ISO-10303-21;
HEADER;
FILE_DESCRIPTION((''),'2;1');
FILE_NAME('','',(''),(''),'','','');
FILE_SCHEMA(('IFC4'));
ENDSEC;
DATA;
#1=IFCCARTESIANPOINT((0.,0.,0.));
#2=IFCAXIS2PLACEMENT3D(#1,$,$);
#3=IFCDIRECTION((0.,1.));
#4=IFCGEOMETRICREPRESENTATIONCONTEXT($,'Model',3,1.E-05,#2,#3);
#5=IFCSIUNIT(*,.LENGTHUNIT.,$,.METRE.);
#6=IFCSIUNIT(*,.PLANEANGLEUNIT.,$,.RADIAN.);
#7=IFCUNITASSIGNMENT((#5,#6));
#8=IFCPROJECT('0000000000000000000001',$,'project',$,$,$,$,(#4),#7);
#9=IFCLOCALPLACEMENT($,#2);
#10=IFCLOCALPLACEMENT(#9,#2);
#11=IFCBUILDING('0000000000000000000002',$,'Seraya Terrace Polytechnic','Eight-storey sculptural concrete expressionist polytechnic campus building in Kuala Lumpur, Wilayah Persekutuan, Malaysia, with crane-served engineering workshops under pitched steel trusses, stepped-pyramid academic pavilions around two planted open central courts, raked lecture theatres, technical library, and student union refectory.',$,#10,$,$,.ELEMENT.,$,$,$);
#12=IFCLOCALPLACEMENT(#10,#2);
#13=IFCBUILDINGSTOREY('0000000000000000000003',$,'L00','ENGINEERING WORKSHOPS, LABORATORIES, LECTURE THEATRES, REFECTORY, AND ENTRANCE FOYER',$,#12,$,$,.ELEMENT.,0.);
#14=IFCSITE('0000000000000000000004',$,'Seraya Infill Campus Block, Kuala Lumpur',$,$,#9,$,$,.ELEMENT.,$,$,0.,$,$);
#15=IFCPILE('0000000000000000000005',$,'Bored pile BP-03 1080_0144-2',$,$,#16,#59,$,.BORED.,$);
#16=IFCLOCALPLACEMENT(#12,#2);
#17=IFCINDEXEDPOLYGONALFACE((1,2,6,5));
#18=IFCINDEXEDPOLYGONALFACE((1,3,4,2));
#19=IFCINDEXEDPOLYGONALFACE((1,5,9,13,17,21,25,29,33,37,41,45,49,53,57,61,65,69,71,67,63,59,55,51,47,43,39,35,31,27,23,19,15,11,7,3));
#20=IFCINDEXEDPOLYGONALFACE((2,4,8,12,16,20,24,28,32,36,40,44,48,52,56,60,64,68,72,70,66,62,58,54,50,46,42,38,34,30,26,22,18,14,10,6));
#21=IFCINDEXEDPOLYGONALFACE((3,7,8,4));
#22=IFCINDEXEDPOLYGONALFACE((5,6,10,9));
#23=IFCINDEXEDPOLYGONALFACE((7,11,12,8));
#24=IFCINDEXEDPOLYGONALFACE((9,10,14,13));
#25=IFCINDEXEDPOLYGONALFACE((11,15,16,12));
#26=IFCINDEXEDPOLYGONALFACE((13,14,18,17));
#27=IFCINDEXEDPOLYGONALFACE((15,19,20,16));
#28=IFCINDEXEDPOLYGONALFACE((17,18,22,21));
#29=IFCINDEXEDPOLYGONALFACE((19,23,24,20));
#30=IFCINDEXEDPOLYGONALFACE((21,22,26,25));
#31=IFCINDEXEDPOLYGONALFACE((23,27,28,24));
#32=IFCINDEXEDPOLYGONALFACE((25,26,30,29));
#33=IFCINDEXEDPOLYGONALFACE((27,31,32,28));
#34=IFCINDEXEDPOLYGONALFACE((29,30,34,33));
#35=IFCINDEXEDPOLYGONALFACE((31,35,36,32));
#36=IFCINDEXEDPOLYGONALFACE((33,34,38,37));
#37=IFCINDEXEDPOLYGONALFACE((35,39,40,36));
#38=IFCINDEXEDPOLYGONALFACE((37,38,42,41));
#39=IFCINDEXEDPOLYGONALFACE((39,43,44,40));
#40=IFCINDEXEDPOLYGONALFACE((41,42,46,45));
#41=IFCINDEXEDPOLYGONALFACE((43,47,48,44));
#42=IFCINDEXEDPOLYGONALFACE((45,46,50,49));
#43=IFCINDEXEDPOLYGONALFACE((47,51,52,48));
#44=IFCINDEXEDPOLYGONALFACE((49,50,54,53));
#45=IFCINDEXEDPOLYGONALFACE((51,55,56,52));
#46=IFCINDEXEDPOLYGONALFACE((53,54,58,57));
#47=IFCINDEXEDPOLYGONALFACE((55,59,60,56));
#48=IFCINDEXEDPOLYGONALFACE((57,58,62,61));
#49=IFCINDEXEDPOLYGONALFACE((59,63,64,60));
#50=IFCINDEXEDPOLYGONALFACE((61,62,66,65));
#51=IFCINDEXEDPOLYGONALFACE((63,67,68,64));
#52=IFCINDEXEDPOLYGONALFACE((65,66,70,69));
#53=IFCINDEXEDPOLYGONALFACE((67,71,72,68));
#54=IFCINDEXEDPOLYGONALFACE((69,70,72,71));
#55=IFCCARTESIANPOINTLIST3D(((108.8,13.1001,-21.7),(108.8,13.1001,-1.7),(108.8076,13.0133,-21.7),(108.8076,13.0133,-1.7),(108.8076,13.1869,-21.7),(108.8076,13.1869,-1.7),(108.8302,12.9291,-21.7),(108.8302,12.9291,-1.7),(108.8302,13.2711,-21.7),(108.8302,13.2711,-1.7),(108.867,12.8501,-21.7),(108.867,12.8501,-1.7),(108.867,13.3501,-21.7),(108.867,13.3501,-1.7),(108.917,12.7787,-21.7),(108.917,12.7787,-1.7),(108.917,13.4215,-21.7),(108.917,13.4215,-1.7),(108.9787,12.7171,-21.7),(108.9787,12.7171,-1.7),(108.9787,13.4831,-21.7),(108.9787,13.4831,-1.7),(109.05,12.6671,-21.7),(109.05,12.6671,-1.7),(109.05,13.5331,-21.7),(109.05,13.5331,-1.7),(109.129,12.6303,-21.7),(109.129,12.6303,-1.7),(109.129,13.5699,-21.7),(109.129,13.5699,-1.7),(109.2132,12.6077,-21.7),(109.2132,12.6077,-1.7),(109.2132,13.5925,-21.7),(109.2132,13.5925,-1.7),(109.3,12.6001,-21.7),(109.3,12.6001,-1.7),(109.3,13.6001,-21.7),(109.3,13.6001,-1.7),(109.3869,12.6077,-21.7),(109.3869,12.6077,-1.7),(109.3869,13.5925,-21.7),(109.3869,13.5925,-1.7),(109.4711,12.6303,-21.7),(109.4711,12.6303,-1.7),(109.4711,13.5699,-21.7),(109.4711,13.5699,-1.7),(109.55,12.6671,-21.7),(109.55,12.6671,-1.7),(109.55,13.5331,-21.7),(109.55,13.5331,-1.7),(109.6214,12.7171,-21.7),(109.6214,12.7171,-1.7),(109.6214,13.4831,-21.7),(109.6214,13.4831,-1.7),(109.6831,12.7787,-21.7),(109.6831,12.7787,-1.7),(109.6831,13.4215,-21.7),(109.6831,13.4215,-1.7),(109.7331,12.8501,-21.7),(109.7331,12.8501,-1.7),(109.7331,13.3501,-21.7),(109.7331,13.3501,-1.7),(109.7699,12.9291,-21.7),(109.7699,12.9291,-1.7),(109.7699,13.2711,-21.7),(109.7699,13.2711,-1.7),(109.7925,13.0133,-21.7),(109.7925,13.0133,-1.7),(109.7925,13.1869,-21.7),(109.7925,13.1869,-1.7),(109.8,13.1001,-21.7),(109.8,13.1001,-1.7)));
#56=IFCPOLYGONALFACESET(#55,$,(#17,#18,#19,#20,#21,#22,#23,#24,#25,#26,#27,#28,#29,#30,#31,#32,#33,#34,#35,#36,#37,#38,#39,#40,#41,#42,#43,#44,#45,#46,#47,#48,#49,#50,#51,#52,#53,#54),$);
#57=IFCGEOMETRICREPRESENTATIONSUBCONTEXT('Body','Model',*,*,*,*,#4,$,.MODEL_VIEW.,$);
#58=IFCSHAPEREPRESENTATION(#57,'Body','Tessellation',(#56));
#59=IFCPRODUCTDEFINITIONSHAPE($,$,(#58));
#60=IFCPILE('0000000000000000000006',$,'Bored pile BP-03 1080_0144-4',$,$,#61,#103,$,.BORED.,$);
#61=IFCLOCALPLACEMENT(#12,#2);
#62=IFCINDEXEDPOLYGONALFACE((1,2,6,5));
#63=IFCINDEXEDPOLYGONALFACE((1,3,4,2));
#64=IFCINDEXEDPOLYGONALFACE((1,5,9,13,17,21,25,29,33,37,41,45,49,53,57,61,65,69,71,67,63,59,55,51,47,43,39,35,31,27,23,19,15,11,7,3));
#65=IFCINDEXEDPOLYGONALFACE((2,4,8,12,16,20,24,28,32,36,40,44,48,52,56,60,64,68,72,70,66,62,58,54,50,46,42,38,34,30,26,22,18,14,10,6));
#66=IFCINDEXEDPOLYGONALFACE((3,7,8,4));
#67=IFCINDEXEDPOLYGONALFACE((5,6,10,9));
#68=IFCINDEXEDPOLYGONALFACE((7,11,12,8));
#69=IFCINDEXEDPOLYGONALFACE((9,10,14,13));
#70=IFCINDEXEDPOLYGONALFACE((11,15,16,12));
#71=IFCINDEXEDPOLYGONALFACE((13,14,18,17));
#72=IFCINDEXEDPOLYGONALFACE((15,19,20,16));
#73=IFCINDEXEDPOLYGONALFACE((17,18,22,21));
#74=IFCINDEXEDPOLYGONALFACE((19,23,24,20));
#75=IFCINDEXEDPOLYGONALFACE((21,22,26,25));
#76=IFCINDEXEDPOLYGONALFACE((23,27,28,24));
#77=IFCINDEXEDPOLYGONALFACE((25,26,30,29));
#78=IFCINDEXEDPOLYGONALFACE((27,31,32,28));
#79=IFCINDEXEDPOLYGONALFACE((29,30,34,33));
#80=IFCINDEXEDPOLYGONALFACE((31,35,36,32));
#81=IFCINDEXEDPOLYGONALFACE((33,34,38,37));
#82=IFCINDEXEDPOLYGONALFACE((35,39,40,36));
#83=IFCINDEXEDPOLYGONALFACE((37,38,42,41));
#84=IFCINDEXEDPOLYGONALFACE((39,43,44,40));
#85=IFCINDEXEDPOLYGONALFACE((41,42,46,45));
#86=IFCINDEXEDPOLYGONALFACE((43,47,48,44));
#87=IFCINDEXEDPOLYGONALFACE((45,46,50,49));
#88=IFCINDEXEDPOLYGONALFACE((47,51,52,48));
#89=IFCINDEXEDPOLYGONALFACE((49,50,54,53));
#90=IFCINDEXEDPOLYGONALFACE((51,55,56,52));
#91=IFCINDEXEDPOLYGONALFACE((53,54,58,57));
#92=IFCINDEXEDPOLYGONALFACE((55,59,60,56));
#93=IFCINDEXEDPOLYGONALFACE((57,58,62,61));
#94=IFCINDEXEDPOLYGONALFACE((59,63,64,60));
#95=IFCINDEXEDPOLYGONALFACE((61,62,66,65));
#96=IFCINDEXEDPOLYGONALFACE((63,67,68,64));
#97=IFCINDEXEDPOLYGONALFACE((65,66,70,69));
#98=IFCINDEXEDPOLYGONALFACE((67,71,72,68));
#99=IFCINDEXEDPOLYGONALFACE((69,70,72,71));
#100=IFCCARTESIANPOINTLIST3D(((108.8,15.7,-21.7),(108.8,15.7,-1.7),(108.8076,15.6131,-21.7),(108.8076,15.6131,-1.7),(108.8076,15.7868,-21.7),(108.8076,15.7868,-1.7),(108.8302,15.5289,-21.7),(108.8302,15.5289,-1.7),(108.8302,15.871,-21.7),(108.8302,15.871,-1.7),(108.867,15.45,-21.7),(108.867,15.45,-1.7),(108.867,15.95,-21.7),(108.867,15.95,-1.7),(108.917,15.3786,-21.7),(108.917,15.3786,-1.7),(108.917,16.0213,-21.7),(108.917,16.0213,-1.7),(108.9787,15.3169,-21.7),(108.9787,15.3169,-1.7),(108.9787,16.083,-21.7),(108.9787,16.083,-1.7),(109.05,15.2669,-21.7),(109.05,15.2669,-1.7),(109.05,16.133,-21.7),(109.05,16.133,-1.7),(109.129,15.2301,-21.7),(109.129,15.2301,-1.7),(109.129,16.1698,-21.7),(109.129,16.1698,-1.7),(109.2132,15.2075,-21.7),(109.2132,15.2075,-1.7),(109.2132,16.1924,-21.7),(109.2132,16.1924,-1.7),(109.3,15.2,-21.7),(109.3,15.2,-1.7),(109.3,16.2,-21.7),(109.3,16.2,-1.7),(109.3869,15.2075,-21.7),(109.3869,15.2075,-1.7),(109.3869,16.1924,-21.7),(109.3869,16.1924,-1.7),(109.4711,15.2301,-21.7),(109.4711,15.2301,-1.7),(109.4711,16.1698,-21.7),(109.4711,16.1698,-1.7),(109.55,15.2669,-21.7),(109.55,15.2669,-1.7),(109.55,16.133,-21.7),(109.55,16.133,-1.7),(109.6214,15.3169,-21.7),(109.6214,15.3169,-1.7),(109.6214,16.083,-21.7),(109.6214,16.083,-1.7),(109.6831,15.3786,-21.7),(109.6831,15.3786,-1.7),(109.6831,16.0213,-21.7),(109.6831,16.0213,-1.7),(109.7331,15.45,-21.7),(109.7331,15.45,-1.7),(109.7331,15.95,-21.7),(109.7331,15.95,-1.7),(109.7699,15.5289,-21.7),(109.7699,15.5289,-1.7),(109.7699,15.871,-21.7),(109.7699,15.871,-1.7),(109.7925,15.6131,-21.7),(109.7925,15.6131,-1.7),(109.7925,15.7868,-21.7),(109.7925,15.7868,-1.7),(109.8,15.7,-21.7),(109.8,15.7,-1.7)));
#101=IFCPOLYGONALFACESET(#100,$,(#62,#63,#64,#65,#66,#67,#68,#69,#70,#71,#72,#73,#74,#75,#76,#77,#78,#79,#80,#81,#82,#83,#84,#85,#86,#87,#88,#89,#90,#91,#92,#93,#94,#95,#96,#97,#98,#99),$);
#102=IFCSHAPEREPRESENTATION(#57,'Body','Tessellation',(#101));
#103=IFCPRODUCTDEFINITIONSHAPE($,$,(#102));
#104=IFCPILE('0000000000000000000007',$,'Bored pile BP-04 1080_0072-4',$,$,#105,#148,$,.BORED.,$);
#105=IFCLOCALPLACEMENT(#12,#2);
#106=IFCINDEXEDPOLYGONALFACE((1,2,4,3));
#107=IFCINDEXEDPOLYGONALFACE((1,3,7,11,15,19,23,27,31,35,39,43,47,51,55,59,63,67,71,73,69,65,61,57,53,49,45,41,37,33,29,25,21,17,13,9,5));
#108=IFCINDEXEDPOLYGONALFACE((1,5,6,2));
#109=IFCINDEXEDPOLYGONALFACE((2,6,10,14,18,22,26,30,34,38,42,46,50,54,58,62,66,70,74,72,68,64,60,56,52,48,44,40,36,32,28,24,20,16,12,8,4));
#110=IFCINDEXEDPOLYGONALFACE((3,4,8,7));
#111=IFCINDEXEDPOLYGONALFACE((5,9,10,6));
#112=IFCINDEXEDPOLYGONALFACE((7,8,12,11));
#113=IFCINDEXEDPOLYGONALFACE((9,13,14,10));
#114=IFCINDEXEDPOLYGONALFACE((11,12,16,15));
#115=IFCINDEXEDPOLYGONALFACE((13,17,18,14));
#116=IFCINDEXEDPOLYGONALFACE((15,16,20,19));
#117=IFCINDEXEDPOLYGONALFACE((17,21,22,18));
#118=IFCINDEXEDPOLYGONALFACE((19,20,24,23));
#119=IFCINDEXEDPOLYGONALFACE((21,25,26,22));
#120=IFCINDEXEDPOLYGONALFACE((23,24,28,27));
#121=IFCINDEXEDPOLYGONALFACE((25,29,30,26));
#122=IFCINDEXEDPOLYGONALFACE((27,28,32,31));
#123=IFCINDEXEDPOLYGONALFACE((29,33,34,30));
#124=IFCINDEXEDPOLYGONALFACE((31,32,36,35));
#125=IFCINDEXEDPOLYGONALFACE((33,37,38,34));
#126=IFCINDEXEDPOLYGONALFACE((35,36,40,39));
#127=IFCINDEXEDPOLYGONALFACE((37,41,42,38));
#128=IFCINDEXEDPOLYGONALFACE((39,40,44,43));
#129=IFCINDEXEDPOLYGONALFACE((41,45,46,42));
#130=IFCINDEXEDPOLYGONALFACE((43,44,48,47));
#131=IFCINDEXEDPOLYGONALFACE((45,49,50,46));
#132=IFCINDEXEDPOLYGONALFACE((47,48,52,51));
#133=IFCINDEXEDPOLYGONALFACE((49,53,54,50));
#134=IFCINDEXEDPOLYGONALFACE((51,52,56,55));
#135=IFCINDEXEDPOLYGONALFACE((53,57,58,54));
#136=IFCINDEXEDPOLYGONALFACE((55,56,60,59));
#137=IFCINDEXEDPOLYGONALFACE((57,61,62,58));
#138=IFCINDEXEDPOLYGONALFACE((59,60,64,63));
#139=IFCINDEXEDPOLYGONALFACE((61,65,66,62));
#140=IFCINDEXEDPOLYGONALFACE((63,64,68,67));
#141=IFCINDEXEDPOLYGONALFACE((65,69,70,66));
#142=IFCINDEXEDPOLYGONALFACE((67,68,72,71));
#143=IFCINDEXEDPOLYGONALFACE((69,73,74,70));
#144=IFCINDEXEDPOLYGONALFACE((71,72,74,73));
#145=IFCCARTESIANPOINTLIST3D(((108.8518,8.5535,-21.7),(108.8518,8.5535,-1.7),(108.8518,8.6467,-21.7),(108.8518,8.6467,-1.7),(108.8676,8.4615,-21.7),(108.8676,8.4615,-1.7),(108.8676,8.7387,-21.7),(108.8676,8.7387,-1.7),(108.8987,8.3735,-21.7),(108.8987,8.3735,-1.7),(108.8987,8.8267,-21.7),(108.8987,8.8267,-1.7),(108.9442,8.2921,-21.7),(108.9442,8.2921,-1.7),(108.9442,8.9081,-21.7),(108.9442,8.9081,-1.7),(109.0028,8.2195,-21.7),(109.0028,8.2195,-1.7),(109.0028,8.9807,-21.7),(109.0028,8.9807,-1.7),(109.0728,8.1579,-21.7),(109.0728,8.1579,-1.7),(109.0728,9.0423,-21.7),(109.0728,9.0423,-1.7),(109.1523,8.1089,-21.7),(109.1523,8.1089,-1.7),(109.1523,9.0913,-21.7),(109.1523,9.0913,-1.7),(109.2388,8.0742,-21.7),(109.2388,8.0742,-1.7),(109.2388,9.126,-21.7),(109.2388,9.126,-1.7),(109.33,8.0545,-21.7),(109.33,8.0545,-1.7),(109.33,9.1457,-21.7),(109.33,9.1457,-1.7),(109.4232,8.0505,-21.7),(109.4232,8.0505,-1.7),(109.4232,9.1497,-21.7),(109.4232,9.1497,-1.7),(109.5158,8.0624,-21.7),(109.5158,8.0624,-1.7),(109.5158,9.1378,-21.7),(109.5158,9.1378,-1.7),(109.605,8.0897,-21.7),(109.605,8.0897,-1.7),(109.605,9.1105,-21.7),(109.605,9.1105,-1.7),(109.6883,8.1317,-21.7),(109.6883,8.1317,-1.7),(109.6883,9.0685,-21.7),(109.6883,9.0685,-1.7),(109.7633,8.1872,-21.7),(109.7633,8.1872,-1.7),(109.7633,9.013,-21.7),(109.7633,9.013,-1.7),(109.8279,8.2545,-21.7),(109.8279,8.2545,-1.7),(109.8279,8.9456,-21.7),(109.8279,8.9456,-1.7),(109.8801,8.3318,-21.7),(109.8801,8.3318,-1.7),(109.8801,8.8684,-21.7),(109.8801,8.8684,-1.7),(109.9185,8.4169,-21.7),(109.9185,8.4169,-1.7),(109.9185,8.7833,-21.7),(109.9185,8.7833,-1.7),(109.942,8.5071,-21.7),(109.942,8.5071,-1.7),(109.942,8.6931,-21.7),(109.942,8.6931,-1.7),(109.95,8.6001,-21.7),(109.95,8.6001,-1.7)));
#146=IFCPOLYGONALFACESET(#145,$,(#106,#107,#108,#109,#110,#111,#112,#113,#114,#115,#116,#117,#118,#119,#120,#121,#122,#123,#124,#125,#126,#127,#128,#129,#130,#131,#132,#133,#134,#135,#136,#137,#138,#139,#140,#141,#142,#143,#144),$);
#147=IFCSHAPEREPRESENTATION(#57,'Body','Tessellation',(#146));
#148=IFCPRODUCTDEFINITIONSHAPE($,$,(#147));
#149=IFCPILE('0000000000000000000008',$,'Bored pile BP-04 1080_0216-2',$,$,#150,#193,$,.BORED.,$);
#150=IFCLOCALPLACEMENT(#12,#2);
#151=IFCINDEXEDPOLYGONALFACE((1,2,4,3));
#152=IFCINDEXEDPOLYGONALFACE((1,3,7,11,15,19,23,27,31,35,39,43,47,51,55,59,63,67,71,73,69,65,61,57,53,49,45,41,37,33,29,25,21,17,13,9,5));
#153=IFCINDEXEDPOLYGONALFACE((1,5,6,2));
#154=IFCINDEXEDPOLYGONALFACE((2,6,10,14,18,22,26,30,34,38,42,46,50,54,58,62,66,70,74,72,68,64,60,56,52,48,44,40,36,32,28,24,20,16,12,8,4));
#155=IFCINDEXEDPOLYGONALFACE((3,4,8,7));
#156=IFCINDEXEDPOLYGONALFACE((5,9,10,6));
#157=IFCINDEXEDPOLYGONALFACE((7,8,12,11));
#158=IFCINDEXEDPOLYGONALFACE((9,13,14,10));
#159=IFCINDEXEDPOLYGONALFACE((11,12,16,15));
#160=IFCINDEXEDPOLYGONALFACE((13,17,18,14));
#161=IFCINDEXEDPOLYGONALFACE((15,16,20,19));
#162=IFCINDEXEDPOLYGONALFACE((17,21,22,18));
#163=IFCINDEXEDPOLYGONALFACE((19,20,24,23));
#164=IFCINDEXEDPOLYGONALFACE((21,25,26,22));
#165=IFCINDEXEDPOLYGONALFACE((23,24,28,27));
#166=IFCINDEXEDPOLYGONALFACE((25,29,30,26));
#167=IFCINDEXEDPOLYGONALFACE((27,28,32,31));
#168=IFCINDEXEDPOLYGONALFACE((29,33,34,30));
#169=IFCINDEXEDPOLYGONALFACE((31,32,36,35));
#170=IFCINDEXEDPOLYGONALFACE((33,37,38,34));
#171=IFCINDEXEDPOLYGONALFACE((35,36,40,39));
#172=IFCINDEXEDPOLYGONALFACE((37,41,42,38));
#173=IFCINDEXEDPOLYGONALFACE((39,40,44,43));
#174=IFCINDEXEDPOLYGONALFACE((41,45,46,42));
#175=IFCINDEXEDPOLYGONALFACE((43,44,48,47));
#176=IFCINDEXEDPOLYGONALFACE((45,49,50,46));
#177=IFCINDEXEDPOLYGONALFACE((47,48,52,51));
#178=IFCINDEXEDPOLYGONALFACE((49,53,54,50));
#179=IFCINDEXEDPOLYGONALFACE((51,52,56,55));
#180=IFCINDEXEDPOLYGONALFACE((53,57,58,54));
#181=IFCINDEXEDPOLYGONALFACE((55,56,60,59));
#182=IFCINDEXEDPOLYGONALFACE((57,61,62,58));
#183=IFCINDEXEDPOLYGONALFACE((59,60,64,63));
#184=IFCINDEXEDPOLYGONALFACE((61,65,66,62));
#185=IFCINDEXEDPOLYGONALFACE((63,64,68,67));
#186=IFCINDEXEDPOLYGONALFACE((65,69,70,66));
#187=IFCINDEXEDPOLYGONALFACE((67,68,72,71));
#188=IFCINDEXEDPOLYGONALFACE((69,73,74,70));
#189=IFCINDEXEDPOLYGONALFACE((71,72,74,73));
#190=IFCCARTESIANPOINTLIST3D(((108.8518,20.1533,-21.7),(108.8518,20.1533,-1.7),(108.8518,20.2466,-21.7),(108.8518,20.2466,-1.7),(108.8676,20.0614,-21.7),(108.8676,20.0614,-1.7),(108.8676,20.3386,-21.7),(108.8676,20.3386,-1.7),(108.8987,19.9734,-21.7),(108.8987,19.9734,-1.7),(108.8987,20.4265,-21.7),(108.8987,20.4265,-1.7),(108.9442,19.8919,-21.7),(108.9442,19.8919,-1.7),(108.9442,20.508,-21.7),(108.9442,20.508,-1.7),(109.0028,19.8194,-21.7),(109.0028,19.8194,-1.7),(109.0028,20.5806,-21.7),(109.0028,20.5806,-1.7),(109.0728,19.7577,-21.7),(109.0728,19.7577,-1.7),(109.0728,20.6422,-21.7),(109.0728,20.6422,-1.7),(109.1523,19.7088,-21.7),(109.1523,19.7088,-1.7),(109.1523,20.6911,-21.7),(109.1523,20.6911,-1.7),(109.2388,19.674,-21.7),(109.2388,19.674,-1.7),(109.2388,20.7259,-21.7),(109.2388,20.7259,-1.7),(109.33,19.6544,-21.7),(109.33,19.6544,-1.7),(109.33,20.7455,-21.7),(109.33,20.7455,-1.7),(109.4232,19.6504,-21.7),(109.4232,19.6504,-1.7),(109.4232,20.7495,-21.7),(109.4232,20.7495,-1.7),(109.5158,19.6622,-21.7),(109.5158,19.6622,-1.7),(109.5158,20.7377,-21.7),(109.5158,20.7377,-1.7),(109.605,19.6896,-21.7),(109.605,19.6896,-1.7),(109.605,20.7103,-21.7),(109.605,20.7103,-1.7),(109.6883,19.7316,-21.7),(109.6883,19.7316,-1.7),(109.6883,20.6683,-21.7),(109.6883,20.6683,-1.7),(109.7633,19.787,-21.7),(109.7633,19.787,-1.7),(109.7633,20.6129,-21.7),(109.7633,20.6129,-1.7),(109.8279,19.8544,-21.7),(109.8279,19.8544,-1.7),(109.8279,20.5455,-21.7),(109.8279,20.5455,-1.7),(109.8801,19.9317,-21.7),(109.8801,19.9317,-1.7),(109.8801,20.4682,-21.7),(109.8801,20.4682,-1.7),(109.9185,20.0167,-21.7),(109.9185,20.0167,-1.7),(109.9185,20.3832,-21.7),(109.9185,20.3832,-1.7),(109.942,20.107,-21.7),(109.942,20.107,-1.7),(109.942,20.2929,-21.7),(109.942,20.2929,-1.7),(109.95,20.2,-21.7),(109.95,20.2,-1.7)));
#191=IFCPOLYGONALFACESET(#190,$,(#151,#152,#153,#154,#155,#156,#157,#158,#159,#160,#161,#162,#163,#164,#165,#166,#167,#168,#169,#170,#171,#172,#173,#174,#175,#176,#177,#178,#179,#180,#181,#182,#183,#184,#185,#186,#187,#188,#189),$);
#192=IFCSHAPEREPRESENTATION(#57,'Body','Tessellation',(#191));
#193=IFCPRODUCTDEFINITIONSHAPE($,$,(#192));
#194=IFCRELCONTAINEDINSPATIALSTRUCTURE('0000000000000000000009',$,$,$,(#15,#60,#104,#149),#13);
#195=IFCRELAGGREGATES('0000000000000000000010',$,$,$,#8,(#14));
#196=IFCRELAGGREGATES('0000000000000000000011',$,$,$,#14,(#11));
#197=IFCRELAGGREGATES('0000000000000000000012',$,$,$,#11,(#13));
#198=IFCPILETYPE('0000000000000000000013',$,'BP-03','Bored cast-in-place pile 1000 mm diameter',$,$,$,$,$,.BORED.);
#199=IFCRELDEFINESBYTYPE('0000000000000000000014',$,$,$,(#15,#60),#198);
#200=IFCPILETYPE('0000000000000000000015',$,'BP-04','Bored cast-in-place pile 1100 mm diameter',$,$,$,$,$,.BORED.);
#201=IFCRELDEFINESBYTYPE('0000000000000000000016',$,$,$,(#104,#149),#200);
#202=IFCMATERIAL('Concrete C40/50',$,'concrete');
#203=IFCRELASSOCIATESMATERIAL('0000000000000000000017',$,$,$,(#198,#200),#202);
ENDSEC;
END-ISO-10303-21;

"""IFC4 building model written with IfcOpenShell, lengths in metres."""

from ifc_helpers import new_model, si_unit, direction, frame, origin, origin_2d, place, context, subcontext, project, spatial, circle, extrude, material, material_profile, profile_set, type_object, element, save


model = new_model("IFC4")

# Units and contexts
model_context = context("Model", 3, precision=1e-05, world=origin(), true_north=direction((0.0, 1.0)))
body_context = subcontext(model_context, "Body", "Model", "MODEL_VIEW")
ifc_project = project(units=[si_unit("LENGTHUNIT", "METRE"), si_unit("PLANEANGLEUNIT", "RADIAN")], contexts=[model_context])

# Site, building, storey
site_placement = place(None, origin())
site = spatial("IfcSite", under=ifc_project, at=site_placement, Name="Seraya Infill Campus Block, Kuala Lumpur", CompositionType="ELEMENT", RefElevation=0.0)
building_placement = place(site_placement, origin())
building = spatial("IfcBuilding", under=site, at=building_placement, Name="Seraya Terrace Polytechnic", Description="Eight-storey sculptural concrete expressionist polytechnic campus building in Kuala Lumpur, Wilayah Persekutuan, Malaysia, with crane-served engineering workshops under pitched steel trusses, stepped-pyramid academic pavilions around two planted open central courts, raked lecture theatres, technical library, and student union refectory.", CompositionType="ELEMENT")
storey_placement = place(building_placement, origin())
storey = spatial("IfcBuildingStorey", under=building, at=storey_placement, Name="L00", Description="ENGINEERING WORKSHOPS, LABORATORIES, LECTURE THEATRES, REFECTORY, AND ENTRANCE FOYER", CompositionType="ELEMENT", Elevation=0.0)

# Piles
ifc_material_1 = material(Name="Concrete C40/50", Category="concrete")
ifc_material_profile_1 = material_profile(ifc_material_1, circle(Radius=0.5, at=origin_2d()), Name="DIA 1000")
ifc_profile_set_1 = profile_set([ifc_material_profile_1], Name="Concrete C40/50")
pile_type_1 = type_object("IfcPileType", Name="BP-03", Description="Bored cast-in-place pile 1000 mm diameter", PredefinedType="BORED", material=ifc_profile_set_1)
for number, where, z_axis, x_axis, name in (
    (1, (109.3, 13.1001, -1.7), (0.0, 0.0, -1.0), (1.0, 0.0, 0.0), "Bored pile BP-03 1080_0144-2"),
    (2, (109.3, 15.7, -1.7), (0.0, 0.0, -1.0), (1.0, 0.0, 0.0), "Bored pile BP-03 1080_0144-4"),
):
    element("IfcPile", number, at=place(storey_placement, frame(where, z_axis=z_axis, x_axis=x_axis)), inside=storey, type_object=pile_type_1, Name=name, PredefinedType="BORED", context=body_context, shape_type="SweptSolid", body=[
        extrude(circle(Radius=0.5, at=origin_2d()), origin(), (0.0, 0.0, 1.0), 20.0),
    ])
ifc_material_profile_2 = material_profile(ifc_material_1, circle(Radius=0.55, at=origin_2d()), Name="DIA 1100")
ifc_profile_set_2 = profile_set([ifc_material_profile_2], Name="Concrete C40/50")
pile_type_2 = type_object("IfcPileType", Name="BP-04", Description="Bored cast-in-place pile 1100 mm diameter", PredefinedType="BORED", material=ifc_profile_set_2)
for number, where, z_axis, x_axis, name in (
    (3, (109.3999, 8.6001, -1.7), (0.0, 0.0, -1.0), (1.0, 0.0, 0.0), "Bored pile BP-04 1080_0072-4"),
    (4, (109.3999, 20.2, -1.7), (0.0, 0.0, -1.0), (1.0, 0.0, 0.0), "Bored pile BP-04 1080_0216-2"),
):
    element("IfcPile", number, at=place(storey_placement, frame(where, z_axis=z_axis, x_axis=x_axis)), inside=storey, type_object=pile_type_2, Name=name, PredefinedType="BORED", context=body_context, shape_type="SweptSolid", body=[
        extrude(circle(Radius=0.55, at=origin_2d()), origin(), (0.0, 0.0, 1.0), 20.0),
    ])

save(model, "model.ifc")
